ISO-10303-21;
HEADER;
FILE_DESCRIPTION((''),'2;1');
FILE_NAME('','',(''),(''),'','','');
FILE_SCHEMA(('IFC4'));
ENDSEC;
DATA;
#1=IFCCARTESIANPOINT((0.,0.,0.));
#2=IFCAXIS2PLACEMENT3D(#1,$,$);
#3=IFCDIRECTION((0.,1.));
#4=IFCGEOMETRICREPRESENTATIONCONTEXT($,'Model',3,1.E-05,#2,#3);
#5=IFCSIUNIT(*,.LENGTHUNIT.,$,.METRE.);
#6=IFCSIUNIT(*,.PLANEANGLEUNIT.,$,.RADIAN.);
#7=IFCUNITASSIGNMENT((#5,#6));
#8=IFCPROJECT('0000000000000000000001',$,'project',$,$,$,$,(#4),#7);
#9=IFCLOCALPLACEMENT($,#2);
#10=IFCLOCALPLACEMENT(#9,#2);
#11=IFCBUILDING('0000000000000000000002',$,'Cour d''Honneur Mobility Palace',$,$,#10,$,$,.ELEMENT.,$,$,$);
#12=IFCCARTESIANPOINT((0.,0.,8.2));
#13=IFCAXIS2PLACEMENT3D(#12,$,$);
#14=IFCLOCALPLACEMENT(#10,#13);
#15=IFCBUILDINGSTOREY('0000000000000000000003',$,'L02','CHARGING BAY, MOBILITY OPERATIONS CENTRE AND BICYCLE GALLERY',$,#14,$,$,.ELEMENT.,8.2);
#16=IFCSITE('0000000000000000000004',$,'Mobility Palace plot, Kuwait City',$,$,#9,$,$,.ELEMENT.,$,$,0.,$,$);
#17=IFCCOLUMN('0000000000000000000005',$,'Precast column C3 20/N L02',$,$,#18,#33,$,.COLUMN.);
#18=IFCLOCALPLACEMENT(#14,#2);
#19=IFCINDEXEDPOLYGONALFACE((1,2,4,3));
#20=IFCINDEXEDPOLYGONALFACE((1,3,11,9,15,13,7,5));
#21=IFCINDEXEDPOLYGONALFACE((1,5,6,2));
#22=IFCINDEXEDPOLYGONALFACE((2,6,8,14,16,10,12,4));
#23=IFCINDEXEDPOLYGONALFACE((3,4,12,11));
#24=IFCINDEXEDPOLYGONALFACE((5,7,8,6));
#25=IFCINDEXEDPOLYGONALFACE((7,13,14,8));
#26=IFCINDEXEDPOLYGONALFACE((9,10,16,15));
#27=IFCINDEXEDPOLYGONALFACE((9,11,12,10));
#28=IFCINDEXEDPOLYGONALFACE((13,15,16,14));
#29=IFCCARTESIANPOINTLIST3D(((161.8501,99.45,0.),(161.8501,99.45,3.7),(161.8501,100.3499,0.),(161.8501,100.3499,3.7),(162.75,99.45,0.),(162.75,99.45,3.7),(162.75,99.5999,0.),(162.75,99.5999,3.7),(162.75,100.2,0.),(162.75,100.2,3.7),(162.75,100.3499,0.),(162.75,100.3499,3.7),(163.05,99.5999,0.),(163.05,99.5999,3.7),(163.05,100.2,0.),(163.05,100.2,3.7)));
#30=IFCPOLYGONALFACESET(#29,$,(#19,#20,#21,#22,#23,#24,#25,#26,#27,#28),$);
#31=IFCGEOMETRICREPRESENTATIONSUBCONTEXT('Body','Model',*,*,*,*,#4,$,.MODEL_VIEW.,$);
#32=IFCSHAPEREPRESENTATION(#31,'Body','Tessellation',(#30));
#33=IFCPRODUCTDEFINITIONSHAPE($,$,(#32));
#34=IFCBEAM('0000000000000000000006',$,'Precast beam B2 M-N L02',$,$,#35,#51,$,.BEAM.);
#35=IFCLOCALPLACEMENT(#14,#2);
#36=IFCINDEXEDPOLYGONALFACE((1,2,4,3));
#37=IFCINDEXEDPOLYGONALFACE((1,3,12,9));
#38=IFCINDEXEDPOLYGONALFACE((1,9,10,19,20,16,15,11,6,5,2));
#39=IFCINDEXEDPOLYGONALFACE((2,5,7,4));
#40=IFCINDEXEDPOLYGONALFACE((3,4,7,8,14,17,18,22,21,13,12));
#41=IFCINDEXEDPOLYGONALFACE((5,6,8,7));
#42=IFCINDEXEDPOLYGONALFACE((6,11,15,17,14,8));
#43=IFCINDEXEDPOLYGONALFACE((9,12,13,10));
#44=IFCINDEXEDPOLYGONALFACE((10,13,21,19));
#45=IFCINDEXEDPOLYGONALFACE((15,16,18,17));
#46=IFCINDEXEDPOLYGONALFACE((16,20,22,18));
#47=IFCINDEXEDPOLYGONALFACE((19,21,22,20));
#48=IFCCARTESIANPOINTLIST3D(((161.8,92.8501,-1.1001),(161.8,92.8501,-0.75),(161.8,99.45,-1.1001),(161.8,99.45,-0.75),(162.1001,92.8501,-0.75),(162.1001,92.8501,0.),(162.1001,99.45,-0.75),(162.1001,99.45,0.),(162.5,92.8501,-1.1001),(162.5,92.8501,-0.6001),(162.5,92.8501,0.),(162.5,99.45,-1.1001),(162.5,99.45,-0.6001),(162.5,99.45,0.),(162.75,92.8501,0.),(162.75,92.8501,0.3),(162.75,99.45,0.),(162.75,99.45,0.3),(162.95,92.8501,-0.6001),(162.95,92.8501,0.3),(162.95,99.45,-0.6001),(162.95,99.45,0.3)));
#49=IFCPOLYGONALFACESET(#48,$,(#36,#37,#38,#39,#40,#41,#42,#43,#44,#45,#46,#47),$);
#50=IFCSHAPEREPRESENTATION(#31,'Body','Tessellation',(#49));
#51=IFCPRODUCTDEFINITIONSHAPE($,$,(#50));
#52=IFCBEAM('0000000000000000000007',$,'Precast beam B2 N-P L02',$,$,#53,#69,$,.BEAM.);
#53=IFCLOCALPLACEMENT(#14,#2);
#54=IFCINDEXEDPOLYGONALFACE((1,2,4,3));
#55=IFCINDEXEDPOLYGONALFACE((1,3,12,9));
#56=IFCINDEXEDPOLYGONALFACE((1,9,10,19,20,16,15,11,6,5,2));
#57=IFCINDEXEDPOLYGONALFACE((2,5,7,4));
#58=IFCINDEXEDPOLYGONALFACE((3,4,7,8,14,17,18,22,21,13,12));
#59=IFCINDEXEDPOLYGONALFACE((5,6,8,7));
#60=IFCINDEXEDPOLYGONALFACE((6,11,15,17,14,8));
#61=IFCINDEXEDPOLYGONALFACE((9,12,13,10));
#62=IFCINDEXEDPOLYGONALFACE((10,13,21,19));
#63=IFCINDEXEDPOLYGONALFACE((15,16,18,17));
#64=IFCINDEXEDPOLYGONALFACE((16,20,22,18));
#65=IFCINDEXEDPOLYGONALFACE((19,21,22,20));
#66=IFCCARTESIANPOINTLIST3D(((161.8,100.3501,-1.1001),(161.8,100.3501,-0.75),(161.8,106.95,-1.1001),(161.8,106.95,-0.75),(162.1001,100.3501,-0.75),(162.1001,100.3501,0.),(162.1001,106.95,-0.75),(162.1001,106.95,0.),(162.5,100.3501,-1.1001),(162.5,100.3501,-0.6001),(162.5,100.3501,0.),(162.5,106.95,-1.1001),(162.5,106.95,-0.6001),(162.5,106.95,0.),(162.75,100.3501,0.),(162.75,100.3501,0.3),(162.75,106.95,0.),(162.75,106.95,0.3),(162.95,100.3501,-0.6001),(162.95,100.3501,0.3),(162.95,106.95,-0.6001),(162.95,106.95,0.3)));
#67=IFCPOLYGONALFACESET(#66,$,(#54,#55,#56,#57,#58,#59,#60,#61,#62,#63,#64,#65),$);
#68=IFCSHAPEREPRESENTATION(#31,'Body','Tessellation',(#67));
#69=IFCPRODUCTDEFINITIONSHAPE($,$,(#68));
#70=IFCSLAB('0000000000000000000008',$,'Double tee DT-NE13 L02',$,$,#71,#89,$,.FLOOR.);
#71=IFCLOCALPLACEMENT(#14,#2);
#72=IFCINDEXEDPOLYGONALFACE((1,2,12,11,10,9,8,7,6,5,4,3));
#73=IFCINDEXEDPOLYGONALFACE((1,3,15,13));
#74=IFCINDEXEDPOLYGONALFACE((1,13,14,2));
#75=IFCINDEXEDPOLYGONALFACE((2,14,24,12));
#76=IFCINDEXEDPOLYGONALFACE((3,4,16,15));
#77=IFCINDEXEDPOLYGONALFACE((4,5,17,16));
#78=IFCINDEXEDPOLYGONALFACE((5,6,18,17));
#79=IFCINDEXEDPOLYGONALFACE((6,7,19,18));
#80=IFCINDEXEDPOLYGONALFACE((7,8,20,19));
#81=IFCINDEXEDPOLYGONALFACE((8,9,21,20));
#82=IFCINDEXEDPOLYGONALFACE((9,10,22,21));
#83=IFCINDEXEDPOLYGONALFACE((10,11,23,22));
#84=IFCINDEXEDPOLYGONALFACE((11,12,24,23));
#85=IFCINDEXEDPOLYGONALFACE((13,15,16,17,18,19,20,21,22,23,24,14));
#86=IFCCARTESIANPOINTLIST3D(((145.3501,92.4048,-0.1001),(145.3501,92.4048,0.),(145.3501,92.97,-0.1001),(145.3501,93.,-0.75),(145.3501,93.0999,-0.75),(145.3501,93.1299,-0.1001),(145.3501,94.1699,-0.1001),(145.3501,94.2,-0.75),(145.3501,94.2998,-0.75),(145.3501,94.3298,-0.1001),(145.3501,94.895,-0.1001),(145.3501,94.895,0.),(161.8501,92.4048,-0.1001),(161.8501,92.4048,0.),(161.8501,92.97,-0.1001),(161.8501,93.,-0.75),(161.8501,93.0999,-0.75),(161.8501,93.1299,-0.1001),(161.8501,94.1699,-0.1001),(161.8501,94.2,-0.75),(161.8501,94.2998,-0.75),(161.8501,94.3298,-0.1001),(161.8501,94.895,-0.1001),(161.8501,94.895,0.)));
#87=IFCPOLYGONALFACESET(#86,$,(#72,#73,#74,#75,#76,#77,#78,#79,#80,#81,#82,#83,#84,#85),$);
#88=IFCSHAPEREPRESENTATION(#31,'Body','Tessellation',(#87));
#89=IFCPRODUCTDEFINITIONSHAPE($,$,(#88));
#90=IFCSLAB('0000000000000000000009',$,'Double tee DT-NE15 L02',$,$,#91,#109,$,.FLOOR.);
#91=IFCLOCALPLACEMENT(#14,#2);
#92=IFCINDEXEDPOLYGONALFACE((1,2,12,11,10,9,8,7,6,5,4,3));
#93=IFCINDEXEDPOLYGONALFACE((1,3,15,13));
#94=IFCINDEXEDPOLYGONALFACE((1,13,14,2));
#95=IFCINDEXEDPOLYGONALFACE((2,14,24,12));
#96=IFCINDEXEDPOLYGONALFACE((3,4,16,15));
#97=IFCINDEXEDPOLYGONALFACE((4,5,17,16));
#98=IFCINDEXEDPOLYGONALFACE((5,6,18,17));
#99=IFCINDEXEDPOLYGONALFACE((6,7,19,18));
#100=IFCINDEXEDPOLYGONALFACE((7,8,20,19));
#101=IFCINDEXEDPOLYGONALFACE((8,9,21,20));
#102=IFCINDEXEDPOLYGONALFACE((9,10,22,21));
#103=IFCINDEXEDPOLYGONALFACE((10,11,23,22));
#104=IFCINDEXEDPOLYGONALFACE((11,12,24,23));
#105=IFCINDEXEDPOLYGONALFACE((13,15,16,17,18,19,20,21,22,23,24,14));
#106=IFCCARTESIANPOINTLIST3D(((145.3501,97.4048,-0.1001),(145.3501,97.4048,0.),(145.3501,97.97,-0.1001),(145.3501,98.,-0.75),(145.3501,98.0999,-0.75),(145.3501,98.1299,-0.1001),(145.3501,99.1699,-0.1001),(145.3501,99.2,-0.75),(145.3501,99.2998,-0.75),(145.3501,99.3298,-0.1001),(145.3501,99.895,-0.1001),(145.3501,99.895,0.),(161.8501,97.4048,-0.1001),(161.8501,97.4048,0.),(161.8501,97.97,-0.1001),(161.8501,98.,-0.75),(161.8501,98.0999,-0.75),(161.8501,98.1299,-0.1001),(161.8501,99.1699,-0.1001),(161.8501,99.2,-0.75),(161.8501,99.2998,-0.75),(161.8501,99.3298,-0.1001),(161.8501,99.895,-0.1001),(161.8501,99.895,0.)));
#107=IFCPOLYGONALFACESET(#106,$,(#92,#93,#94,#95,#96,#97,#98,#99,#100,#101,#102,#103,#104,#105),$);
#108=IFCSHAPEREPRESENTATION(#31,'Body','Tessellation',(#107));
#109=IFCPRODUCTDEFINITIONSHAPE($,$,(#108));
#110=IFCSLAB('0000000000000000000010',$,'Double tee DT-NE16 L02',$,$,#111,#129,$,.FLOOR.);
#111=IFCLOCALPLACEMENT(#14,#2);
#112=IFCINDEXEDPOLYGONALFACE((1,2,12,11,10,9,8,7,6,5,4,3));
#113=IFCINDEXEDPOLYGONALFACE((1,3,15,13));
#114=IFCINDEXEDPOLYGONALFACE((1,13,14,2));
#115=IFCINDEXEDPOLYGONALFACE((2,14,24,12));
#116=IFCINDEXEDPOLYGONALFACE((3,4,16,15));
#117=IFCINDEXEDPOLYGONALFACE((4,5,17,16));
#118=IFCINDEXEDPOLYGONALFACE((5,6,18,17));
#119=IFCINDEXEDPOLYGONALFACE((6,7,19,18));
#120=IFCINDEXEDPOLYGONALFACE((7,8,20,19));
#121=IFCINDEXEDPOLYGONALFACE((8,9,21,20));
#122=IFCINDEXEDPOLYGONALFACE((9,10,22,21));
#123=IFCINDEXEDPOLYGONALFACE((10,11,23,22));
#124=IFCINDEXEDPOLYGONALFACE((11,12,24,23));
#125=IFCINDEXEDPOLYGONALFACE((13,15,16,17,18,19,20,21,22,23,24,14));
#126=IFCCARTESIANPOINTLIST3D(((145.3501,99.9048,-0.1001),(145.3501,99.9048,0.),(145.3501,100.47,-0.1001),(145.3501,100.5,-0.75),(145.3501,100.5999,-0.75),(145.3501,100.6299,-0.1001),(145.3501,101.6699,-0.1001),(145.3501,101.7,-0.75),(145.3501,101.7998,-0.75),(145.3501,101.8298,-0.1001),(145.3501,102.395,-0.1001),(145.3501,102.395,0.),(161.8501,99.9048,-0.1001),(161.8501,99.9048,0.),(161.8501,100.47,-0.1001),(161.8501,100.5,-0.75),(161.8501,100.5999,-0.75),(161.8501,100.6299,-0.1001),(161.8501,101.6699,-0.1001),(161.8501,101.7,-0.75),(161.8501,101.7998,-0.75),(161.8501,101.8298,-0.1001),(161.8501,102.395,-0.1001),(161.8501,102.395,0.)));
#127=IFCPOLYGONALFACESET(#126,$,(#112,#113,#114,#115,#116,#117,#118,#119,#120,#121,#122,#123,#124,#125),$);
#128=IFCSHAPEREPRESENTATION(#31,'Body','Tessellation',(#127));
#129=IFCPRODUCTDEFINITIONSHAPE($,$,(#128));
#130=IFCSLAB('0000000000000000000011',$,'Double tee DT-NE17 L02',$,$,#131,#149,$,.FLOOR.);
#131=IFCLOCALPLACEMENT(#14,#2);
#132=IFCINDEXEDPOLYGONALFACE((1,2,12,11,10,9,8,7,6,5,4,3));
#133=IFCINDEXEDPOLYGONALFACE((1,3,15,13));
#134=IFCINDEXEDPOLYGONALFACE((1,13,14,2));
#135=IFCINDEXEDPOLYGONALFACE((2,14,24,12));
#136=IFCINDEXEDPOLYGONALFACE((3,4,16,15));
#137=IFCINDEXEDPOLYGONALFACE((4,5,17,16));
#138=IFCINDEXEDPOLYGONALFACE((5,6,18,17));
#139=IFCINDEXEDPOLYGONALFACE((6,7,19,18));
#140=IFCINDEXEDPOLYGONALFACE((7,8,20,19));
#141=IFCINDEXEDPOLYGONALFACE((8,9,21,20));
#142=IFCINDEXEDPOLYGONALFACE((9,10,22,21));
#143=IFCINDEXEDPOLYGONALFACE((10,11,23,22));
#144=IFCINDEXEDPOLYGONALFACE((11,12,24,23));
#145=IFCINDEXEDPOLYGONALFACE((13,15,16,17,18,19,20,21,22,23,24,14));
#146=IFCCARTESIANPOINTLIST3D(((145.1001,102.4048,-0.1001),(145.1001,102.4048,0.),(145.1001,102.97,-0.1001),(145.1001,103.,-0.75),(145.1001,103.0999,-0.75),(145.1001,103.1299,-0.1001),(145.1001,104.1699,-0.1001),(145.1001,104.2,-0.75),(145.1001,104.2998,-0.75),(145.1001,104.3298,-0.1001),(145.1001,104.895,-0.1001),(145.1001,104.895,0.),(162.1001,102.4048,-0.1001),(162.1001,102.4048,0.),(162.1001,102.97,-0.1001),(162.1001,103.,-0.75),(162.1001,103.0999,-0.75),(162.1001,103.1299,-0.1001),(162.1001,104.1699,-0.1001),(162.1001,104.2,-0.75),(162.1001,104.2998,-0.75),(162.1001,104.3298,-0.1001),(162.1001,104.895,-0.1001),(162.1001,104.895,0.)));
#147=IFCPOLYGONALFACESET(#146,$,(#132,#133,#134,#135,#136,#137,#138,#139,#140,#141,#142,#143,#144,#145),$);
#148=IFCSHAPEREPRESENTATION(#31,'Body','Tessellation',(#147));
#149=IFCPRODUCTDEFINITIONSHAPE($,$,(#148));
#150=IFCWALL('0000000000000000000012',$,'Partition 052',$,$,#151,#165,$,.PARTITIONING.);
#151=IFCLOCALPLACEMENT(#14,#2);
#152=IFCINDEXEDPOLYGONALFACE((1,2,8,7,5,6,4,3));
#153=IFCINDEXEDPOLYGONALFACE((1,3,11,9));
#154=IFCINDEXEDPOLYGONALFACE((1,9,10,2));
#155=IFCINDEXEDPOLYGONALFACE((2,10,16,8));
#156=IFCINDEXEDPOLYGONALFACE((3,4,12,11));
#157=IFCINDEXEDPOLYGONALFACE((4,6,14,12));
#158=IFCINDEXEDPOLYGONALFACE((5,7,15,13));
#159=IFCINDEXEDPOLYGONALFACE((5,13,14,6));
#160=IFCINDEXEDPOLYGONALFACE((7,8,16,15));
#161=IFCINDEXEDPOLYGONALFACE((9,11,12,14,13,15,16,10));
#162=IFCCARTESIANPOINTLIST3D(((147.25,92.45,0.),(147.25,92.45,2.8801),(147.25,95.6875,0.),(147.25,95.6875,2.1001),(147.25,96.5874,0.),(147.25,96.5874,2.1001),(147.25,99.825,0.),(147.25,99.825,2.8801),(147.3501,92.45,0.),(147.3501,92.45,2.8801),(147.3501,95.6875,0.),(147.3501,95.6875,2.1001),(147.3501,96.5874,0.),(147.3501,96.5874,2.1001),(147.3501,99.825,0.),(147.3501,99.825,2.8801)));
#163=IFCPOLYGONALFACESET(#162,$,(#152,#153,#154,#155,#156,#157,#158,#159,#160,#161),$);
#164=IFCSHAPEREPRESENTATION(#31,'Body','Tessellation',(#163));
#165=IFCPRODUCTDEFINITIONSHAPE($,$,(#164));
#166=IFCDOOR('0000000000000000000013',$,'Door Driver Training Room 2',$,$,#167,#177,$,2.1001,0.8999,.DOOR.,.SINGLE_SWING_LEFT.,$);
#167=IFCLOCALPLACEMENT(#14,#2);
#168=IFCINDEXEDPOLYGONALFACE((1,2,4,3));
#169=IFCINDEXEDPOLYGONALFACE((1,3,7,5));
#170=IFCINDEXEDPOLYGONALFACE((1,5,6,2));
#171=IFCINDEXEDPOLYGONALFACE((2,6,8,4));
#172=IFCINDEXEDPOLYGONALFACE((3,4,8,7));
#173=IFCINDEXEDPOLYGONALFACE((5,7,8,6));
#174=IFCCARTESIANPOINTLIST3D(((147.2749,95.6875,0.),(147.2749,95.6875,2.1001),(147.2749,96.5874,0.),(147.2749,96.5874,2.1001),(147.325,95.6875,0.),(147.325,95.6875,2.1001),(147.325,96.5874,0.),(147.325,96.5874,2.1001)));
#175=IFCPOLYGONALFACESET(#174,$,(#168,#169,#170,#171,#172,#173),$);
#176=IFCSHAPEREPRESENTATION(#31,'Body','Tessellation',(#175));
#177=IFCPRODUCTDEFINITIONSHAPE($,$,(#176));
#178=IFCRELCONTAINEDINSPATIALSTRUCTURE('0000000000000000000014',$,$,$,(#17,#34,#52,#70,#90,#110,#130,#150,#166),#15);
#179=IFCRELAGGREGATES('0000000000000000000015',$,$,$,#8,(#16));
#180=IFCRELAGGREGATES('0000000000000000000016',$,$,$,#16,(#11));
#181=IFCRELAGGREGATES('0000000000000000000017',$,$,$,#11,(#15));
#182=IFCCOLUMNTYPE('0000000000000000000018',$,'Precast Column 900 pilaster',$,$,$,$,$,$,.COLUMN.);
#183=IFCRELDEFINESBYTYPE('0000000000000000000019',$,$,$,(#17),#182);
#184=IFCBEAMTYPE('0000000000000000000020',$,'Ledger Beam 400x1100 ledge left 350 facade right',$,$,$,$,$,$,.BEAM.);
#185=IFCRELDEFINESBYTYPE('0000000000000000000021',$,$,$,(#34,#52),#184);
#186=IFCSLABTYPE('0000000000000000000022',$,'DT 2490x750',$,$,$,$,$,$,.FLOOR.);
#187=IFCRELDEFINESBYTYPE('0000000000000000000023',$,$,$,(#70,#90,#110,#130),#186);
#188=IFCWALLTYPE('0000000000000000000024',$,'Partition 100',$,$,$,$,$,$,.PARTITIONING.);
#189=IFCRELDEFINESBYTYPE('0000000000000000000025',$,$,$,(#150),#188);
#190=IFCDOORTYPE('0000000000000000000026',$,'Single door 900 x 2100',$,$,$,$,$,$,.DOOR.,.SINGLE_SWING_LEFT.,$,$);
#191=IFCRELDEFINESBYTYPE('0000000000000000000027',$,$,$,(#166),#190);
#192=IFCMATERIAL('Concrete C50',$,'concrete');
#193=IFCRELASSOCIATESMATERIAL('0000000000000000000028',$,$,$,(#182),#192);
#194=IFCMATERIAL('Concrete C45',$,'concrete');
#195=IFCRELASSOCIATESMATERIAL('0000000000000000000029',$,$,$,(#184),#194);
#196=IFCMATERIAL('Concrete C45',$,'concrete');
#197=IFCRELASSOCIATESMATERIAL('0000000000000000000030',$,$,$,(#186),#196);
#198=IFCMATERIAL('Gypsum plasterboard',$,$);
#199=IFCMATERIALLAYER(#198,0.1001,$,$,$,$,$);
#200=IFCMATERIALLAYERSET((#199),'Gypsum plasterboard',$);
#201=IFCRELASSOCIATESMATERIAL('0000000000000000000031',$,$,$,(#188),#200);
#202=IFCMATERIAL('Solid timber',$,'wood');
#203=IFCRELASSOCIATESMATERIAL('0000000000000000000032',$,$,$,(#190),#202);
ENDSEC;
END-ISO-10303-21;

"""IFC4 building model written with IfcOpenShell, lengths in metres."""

from ifc_helpers import new_model, si_unit, direction, frame, frame_2d, origin, place, context, subcontext, project, spatial, polyline, rectangle, outline, extrude, material, layer, layer_set, material_profile, profile_set, type_object, element, fill, save


model = new_model("IFC4")

# Units and contexts
model_context = context("Model", 3, precision=1e-05, world=origin(), true_north=direction((0.0, 1.0)))
body_context = subcontext(model_context, "Body", "Model", "MODEL_VIEW")
ifc_project = project(units=[si_unit("LENGTHUNIT", "METRE"), si_unit("PLANEANGLEUNIT", "RADIAN")], contexts=[model_context])

# Site, building, storey
site_placement = place(None, origin())
site = spatial("IfcSite", under=ifc_project, at=site_placement, Name="Mobility Palace plot, Kuwait City", CompositionType="ELEMENT", RefElevation=0.0)
building_placement = place(site_placement, origin())
building = spatial("IfcBuilding", under=site, at=building_placement, Name="Cour d'Honneur Mobility Palace", CompositionType="ELEMENT")
storey_placement = place(building_placement, frame((0.0, 0.0, 8.2)))
storey = spatial("IfcBuildingStorey", under=building, at=storey_placement, Name="L02", Description="CHARGING BAY, MOBILITY OPERATIONS CENTRE AND BICYCLE GALLERY", CompositionType="ELEMENT", Elevation=8.2)

# Column
ifc_material_1 = material(Name="Concrete C50", Category="concrete")
ifc_material_profile_1 = material_profile(ifc_material_1, outline(polyline([(-0.45, -0.45), (0.45, -0.45), (0.45, -0.3), (0.75, -0.3), (0.75, 0.3), (0.45, 0.3), (0.45, 0.45), (-0.45, 0.45), (-0.45, -0.45)])), Name="PC C900 pilaster")
ifc_profile_set_1 = profile_set([ifc_material_profile_1], Name="Concrete C50")
column_type = type_object("IfcColumnType", Name="Precast Column 900 pilaster", PredefinedType="COLUMN", material=ifc_profile_set_1)
column_placement = place(storey_placement, frame((162.3, 99.8999, 0.0), z_axis=(0.0, 0.0, 1.0), x_axis=(1.0, 0.0, 0.0)))
element("IfcColumn", 1, at=column_placement, inside=storey, type_object=column_type, Name="Precast column C3 20/N L02", PredefinedType="COLUMN", context=body_context, shape_type="SweptSolid", body=[
    extrude(outline(polyline([(-0.45, -0.45), (0.45, -0.45), (0.45, -0.3), (0.75, -0.3), (0.75, 0.3), (0.45, 0.3), (0.45, 0.45), (-0.45, 0.45), (-0.45, -0.45)])), origin(), (0.0, 0.0, 1.0), 3.7),
])

# Beams
ifc_material_2 = material(Name="Concrete C45", Category="concrete")
ifc_material_profile_2 = material_profile(ifc_material_2, outline(polyline([(0.5, -1.1001), (0.5, -0.75), (0.2, -0.75), (0.2, 0.0), (-0.2, 0.0), (-0.45, 0.0), (-0.45, 0.3), (-0.6499, 0.3), (-0.6499, -0.6001), (-0.2, -0.6001), (-0.2, -1.1001), (0.5, -1.1001)])), Name="Ledger Beam 400x1100 ledge left 350 facade right")
ifc_profile_set_2 = profile_set([ifc_material_profile_2], Name="Concrete C45")
beam_type = type_object("IfcBeamType", Name="Ledger Beam 400x1100 ledge left 350 facade right", PredefinedType="BEAM", material=ifc_profile_set_2)
for number, where, z_axis, x_axis, name in (
    (2, (162.3, 92.8501, 0.0), (0.0, 1.0, 0.0), (-1.0, 0.0, 0.0), "Precast beam B2 M-N L02"),
    (3, (162.3, 100.3501, 0.0), (0.0, 1.0, 0.0), (-1.0, 0.0, 0.0), "Precast beam B2 N-P L02"),
):
    element("IfcBeam", number, at=place(storey_placement, frame(where, z_axis=z_axis, x_axis=x_axis)), inside=storey, type_object=beam_type, Name=name, PredefinedType="BEAM", context=body_context, shape_type="SweptSolid", body=[
        extrude(outline(polyline([(0.5, -1.1001), (0.5, -0.75), (0.2, -0.75), (0.2, 0.0), (-0.2, 0.0), (-0.45, 0.0), (-0.45, 0.3), (-0.6499, 0.3), (-0.6499, -0.6001), (-0.2, -0.6001), (-0.2, -1.1001), (0.5, -1.1001)])), origin(), (0.0, 0.0, 1.0), 6.5999),
    ])

# Slabs
ifc_material_3 = material(Name="Concrete C45", Category="concrete")
ifc_material_profile_3 = material_profile(ifc_material_3, outline(polyline([(-1.2451, 0.0), (1.2451, 0.0), (1.2451, -0.1001), (0.6799, -0.1001), (0.6499, -0.75), (0.55, -0.75), (0.52, -0.1001), (-0.52, -0.1001), (-0.55, -0.75), (-0.6499, -0.75), (-0.6799, -0.1001), (-1.2451, -0.1001), (-1.2451, 0.0)])), Name="DT 2490x750")
ifc_profile_set_3 = profile_set([ifc_material_profile_3], Name="Concrete C45")
slab_type = type_object("IfcSlabType", Name="DT 2490x750", PredefinedType="FLOOR", material=ifc_profile_set_3)
for number, where, z_axis, x_axis, name in (
    (4, (145.3501, 93.6499, 0.0), (1.0, 0.0, 0.0), (0.0, 1.0, 0.0), "Double tee DT-NE13 L02"),
    (5, (145.3501, 98.6499, 0.0), (1.0, 0.0, 0.0), (0.0, 1.0, 0.0), "Double tee DT-NE15 L02"),
    (6, (145.3501, 101.1499, 0.0), (1.0, 0.0, 0.0), (0.0, 1.0, 0.0), "Double tee DT-NE16 L02"),
):
    element("IfcSlab", number, at=place(storey_placement, frame(where, z_axis=z_axis, x_axis=x_axis)), inside=storey, type_object=slab_type, Name=name, PredefinedType="FLOOR", context=body_context, shape_type="SweptSolid", body=[
        extrude(outline(polyline([(-1.2451, 0.0), (1.2451, 0.0), (1.2451, -0.1001), (0.6799, -0.1001), (0.6499, -0.75), (0.55, -0.75), (0.52, -0.1001), (-0.52, -0.1001), (-0.55, -0.75), (-0.6499, -0.75), (-0.6799, -0.1001), (-1.2451, -0.1001), (-1.2451, 0.0)])), origin(), (0.0, 0.0, 1.0), 16.5),
    ])
slab_placement = place(storey_placement, frame((145.1001, 103.6499, 0.0), z_axis=(1.0, 0.0, 0.0), x_axis=(0.0, 1.0, 0.0)))
element("IfcSlab", 7, at=slab_placement, inside=storey, type_object=slab_type, Name="Double tee DT-NE17 L02", PredefinedType="FLOOR", context=body_context, shape_type="SweptSolid", body=[
    extrude(outline(polyline([(-1.2451, 0.0), (1.2451, 0.0), (1.2451, -0.1001), (0.6799, -0.1001), (0.6499, -0.75), (0.55, -0.75), (0.52, -0.1001), (-0.52, -0.1001), (-0.55, -0.75), (-0.6499, -0.75), (-0.6799, -0.1001), (-1.2451, -0.1001), (-1.2451, 0.0)])), origin(), (0.0, 0.0, 1.0), 17.0),
])

# Wall, opening, door
ifc_material_4 = material(Name="Gypsum plasterboard")
ifc_layer_1 = layer(ifc_material_4, 0.1001)
ifc_layer_set_1 = layer_set([ifc_layer_1], Name="Gypsum plasterboard")
wall_type_1 = type_object("IfcWallType", Name="Partition 100", PredefinedType="PARTITIONING", material=ifc_layer_set_1)
wall_1_placement = place(storey_placement, frame((147.3, 99.825, 0.0), z_axis=(0.0, 0.0, 1.0), x_axis=(0.0, -1.0, 0.0)))
wall_1 = element("IfcWall", 8, at=wall_1_placement, inside=storey, type_object=wall_type_1, Name="Partition 052", PredefinedType="PARTITIONING", context=body_context, shape_type="SweptSolid", body=[
    extrude(rectangle(XDim=7.375, YDim=0.1001, at=frame_2d((3.6875, 0.0))), origin(), (0.0, 0.0, 1.0), 2.8801),
])
opening_1_placement = place(wall_1_placement, frame((3.2375, 0.0, 0.0)))
opening_1 = element("IfcOpeningElement", 9, at=opening_1_placement, cuts=wall_1, PredefinedType="OPENING", context=body_context, shape_type="SweptSolid", body=[
    extrude(rectangle(XDim=0.8999, YDim=2.1001, at=frame_2d((0.45, 1.05))), frame((0.0, 0.0601, 0.0), z_axis=(0.0, -1.0, 0.0), x_axis=(1.0, 0.0, 0.0)), (0.0, 0.0, 1.0), 0.1201),
])
ifc_material_5 = material(Name="Solid timber", Category="wood")
door_type_1 = type_object("IfcDoorType", Name="Single door 900 x 2100", OperationType="SINGLE_SWING_LEFT", PredefinedType="DOOR", material=ifc_material_5)
door_1_placement = place(opening_1_placement, origin())
door_1 = element("IfcDoor", 10, at=door_1_placement, inside=storey, type_object=door_type_1, Name="Door Driver Training Room 2", OperationType="SINGLE_SWING_LEFT", OverallHeight=2.1001, OverallWidth=0.8999, PredefinedType="DOOR", context=body_context, shape_type="SweptSolid", body=[
    extrude(rectangle(XDim=0.8999, YDim=2.1001, at=frame_2d((0.45, 1.05))), frame((0.0, 0.0249, 0.0), z_axis=(0.0, -1.0, 0.0), x_axis=(1.0, 0.0, 0.0)), (0.0, 0.0, 1.0), 0.05),
])
fill(opening_1, door_1)

save(model, "model.ifc")
